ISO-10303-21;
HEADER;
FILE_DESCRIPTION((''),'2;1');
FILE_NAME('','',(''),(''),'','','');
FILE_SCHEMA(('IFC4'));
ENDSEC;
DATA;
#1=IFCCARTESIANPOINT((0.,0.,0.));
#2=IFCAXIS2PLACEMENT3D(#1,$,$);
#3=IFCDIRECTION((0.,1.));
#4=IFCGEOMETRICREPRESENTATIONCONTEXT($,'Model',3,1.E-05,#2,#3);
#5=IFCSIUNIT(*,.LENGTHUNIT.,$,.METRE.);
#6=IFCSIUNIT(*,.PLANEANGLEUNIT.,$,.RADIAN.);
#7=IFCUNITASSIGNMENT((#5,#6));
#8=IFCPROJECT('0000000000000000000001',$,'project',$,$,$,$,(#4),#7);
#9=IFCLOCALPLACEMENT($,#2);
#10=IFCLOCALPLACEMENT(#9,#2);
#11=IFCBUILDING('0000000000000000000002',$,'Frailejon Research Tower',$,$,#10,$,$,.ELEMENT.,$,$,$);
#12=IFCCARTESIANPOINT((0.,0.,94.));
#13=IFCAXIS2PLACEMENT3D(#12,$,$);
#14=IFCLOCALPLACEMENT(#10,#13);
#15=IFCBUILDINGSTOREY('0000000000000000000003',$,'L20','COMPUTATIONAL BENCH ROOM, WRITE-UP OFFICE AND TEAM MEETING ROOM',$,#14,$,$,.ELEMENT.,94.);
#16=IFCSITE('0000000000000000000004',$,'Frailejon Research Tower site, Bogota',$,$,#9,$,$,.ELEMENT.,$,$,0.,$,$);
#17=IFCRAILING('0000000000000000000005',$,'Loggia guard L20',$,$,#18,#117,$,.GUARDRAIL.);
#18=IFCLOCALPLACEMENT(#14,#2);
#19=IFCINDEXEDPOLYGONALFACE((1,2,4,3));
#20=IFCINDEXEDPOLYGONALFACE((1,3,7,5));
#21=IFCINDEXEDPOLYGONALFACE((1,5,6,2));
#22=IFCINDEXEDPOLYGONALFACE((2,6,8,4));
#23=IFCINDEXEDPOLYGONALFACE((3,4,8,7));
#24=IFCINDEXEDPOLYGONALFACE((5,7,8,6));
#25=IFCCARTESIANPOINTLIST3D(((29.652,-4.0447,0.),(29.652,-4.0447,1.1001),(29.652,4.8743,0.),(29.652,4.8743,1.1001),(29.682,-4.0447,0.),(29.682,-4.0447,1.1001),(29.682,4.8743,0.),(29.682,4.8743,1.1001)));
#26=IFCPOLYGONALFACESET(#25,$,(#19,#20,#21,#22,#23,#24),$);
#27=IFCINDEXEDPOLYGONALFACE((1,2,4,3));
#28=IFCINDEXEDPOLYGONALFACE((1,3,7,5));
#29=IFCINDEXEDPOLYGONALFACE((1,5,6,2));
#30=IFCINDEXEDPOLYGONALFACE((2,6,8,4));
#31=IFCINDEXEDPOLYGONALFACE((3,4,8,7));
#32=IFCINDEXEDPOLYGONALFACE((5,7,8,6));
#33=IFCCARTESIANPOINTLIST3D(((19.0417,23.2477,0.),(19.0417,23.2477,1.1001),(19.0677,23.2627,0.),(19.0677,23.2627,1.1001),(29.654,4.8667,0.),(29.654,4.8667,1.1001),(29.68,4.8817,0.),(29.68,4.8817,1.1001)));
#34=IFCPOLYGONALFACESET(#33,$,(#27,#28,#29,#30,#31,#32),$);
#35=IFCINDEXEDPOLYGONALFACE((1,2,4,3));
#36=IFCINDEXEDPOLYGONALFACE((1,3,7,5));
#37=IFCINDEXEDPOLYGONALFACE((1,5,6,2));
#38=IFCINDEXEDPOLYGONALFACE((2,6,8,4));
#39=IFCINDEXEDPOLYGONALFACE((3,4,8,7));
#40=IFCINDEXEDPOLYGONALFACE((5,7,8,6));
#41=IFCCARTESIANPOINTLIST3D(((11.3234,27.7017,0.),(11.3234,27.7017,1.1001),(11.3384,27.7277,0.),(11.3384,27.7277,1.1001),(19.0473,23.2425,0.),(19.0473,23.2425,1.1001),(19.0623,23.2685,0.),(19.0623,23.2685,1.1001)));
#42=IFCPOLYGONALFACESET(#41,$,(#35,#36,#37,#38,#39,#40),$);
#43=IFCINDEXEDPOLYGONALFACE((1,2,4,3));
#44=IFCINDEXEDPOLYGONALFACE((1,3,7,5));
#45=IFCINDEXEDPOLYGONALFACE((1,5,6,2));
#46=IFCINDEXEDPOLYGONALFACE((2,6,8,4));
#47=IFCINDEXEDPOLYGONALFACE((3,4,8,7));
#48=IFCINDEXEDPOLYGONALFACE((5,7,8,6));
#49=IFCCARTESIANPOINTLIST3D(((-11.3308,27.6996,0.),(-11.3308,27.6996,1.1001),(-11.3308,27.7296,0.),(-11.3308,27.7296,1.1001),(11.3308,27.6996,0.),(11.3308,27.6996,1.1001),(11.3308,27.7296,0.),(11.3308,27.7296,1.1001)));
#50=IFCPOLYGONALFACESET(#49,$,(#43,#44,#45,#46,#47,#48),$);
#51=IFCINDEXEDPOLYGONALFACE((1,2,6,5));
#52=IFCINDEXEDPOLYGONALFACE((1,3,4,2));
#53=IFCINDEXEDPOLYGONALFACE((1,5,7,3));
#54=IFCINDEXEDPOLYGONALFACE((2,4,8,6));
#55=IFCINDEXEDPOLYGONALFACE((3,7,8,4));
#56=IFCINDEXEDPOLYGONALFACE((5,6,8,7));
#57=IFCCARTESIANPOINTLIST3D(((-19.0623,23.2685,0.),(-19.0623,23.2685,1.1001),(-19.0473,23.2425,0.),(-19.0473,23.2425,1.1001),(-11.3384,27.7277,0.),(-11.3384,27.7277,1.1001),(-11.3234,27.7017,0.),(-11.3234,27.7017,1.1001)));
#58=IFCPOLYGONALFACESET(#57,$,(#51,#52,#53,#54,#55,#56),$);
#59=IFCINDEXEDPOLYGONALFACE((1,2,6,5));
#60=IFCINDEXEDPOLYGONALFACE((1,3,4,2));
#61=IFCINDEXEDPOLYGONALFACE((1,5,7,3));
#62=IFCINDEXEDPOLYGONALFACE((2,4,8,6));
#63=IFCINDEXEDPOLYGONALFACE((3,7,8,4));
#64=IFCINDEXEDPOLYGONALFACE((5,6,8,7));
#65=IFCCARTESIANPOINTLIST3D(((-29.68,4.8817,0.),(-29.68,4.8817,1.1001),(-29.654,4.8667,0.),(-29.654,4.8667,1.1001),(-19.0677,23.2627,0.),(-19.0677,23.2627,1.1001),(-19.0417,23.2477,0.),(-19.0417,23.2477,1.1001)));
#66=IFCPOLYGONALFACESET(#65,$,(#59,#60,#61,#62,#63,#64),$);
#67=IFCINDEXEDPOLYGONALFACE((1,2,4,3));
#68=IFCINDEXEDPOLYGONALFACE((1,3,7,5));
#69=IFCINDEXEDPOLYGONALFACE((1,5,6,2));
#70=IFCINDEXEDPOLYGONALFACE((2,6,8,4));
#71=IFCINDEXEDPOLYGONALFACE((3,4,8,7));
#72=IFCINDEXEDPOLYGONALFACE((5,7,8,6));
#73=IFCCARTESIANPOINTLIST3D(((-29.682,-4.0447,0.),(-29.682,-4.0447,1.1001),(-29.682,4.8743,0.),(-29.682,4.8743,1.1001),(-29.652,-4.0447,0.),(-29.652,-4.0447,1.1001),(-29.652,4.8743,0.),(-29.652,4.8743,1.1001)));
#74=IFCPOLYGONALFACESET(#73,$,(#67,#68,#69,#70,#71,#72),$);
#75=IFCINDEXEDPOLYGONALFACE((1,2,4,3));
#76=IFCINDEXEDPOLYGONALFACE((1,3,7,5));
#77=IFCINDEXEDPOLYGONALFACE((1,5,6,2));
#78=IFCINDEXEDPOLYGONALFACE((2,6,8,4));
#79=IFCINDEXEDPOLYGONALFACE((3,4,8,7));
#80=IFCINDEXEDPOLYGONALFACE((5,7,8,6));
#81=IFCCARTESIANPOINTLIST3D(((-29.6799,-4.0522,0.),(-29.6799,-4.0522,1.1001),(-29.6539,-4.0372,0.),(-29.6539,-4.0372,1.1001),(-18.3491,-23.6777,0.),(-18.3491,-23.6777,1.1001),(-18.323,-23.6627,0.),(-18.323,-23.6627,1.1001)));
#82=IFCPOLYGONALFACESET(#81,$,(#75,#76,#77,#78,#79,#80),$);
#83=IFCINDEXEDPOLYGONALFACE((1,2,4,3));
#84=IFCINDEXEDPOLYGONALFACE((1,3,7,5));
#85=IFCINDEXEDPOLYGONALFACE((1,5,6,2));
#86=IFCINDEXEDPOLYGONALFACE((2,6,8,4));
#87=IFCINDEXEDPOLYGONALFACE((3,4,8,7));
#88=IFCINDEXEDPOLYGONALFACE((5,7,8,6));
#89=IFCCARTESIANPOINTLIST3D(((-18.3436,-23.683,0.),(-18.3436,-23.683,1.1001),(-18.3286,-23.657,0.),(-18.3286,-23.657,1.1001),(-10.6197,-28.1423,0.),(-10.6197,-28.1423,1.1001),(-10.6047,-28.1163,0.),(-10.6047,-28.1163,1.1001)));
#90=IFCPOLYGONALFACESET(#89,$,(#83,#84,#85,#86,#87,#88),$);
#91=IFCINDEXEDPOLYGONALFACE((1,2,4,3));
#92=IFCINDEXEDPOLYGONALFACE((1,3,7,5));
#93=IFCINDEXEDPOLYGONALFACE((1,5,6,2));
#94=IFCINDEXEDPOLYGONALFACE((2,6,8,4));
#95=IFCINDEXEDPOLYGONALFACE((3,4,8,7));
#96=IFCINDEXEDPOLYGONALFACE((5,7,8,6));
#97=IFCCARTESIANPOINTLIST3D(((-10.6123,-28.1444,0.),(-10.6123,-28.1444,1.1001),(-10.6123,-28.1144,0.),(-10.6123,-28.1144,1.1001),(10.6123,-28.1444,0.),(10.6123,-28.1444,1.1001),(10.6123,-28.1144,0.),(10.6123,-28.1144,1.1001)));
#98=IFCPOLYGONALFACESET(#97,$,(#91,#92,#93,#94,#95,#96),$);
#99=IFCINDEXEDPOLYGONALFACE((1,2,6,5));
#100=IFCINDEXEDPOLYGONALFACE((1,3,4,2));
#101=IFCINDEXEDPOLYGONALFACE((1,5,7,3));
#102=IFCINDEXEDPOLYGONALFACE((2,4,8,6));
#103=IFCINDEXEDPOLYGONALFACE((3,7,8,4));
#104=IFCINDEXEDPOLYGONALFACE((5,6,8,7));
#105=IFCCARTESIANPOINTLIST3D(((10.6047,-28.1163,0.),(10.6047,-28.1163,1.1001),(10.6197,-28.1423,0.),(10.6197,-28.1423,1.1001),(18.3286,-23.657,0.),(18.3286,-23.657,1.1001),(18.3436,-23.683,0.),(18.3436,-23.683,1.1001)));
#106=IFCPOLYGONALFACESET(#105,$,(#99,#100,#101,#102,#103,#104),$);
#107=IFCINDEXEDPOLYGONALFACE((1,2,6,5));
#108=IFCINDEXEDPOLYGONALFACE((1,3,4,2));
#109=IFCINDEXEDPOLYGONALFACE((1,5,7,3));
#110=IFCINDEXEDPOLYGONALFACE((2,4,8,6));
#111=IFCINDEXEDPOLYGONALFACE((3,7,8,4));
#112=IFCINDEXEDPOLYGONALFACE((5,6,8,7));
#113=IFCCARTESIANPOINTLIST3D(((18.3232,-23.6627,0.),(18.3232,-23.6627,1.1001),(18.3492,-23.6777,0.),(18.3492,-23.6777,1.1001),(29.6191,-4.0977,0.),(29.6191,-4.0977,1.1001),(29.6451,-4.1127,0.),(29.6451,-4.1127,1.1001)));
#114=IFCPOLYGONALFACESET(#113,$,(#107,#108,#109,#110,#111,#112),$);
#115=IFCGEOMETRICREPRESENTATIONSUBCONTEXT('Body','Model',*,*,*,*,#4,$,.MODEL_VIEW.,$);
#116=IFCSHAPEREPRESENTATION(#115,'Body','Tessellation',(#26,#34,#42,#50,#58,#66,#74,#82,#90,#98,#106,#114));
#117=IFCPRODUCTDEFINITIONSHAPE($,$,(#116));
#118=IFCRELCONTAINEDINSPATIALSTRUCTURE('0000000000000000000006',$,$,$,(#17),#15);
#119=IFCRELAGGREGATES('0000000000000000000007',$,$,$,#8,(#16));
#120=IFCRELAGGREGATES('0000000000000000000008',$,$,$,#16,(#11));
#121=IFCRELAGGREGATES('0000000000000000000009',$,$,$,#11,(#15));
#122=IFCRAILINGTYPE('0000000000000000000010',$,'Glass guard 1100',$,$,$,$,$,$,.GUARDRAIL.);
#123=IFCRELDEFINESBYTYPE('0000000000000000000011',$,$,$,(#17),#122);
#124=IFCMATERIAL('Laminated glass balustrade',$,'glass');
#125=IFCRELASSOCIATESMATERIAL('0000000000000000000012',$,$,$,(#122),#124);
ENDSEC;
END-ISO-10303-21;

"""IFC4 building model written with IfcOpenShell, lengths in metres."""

from ifc_helpers import new_model, si_unit, direction, frame, origin, origin_2d, place, context, subcontext, project, spatial, rectangle, extrude, material, type_object, element, save


model = new_model("IFC4")

# Units and contexts
model_context = context("Model", 3, precision=1e-05, world=origin(), true_north=direction((0.0, 1.0)))
body_context = subcontext(model_context, "Body", "Model", "MODEL_VIEW")
ifc_project = project(units=[si_unit("LENGTHUNIT", "METRE"), si_unit("PLANEANGLEUNIT", "RADIAN")], contexts=[model_context])

# Site, building, storey
site_placement = place(None, origin())
site = spatial("IfcSite", under=ifc_project, at=site_placement, Name="Frailejon Research Tower site, Bogota", CompositionType="ELEMENT", RefElevation=0.0)
building_placement = place(site_placement, origin())
building = spatial("IfcBuilding", under=site, at=building_placement, Name="Frailejon Research Tower", CompositionType="ELEMENT")
storey_placement = place(building_placement, frame((0.0, 0.0, 94.0)))
storey = spatial("IfcBuildingStorey", under=building, at=storey_placement, Name="L20", Description="COMPUTATIONAL BENCH ROOM, WRITE-UP OFFICE AND TEAM MEETING ROOM", CompositionType="ELEMENT", Elevation=94.0)

# Railing
ifc_material_1 = material(Name="Laminated glass balustrade", Category="glass")
railing_type = type_object("IfcRailingType", Name="Glass guard 1100", PredefinedType="GUARDRAIL", material=ifc_material_1)
railing_placement = place(storey_placement, frame((29.667, -4.0447, 0.0)))
element("IfcRailing", 1, at=railing_placement, inside=storey, type_object=railing_type, Name="Loggia guard L20", PredefinedType="GUARDRAIL", context=body_context, shape_type="SweptSolid", body=[
    extrude(rectangle(XDim=8.9189, YDim=0.03, at=origin_2d()), frame((0.0, 4.4595, 0.0), z_axis=(0.0, 0.0, 1.0), x_axis=(0.0, 1.0, 0.0)), (0.0, 0.0, 1.0), 1.1001),
    extrude(rectangle(XDim=21.2246, YDim=0.03, at=origin_2d()), frame((-5.3062, 18.1094, 0.0), z_axis=(0.0, 0.0, 1.0), x_axis=(-0.499999, 0.866026, 0.0)), (0.0, 0.0, 1.0), 1.1001),
    extrude(rectangle(XDim=8.9187, YDim=0.03, at=origin_2d()), frame((-14.4741, 29.5298, 0.0), z_axis=(0.0, 0.0, 1.0), x_axis=(-0.866033, 0.499987, 0.0)), (0.0, 0.0, 1.0), 1.1001),
    extrude(rectangle(XDim=22.6616, YDim=0.03, at=origin_2d()), frame((-29.667, 31.7593, 0.0), z_axis=(0.0, 0.0, 1.0), x_axis=(-1.0, 0.0, 0.0)), (0.0, 0.0, 1.0), 1.1001),
    extrude(rectangle(XDim=8.9187, YDim=0.03, at=origin_2d()), frame((-44.8599, 29.5298, 0.0), z_axis=(0.0, 0.0, 1.0), x_axis=(-0.866033, -0.499987, 0.0)), (0.0, 0.0, 1.0), 1.1001),
    extrude(rectangle(XDim=21.2246, YDim=0.03, at=origin_2d()), frame((-54.0278, 18.1094, 0.0), z_axis=(0.0, 0.0, 1.0), x_axis=(-0.499999, -0.866026, 0.0)), (0.0, 0.0, 1.0), 1.1001),
    extrude(rectangle(XDim=8.9189, YDim=0.03, at=origin_2d()), frame((-59.334, 4.4595, 0.0), z_axis=(0.0, 0.0, 1.0), x_axis=(0.0, -1.0, 0.0)), (0.0, 0.0, 1.0), 1.1001),
    extrude(rectangle(XDim=22.6616, YDim=0.03, at=origin_2d()), frame((-53.6685, -9.8127, 0.0), z_axis=(0.0, 0.0, 1.0), x_axis=(0.500001, -0.866025, 0.0)), (0.0, 0.0, 1.0), 1.1001),
    extrude(rectangle(XDim=8.9187, YDim=0.03, at=origin_2d()), frame((-44.1411, -21.855, 0.0), z_axis=(0.0, 0.0, 1.0), x_axis=(0.866033, -0.499987, 0.0)), (0.0, 0.0, 1.0), 1.1001),
    extrude(rectangle(XDim=21.2246, YDim=0.03, at=origin_2d()), frame((-29.667, -24.0847, 0.0), z_axis=(0.0, 0.0, 1.0), x_axis=(1.0, 0.0, 0.0)), (0.0, 0.0, 1.0), 1.1001),
    extrude(rectangle(XDim=8.9187, YDim=0.03, at=origin_2d()), frame((-15.1929, -21.855, 0.0), z_axis=(0.0, 0.0, 1.0), x_axis=(0.866033, 0.499987, 0.0)), (0.0, 0.0, 1.0), 1.1001),
    extrude(rectangle(XDim=22.5918, YDim=0.03, at=origin_2d()), frame((-5.6829, -9.843, 0.0), z_axis=(0.0, 0.0, 1.0), x_axis=(0.500002, 0.866024, 0.0)), (0.0, 0.0, 1.0), 1.1001),
])

save(model, "model.ifc")
